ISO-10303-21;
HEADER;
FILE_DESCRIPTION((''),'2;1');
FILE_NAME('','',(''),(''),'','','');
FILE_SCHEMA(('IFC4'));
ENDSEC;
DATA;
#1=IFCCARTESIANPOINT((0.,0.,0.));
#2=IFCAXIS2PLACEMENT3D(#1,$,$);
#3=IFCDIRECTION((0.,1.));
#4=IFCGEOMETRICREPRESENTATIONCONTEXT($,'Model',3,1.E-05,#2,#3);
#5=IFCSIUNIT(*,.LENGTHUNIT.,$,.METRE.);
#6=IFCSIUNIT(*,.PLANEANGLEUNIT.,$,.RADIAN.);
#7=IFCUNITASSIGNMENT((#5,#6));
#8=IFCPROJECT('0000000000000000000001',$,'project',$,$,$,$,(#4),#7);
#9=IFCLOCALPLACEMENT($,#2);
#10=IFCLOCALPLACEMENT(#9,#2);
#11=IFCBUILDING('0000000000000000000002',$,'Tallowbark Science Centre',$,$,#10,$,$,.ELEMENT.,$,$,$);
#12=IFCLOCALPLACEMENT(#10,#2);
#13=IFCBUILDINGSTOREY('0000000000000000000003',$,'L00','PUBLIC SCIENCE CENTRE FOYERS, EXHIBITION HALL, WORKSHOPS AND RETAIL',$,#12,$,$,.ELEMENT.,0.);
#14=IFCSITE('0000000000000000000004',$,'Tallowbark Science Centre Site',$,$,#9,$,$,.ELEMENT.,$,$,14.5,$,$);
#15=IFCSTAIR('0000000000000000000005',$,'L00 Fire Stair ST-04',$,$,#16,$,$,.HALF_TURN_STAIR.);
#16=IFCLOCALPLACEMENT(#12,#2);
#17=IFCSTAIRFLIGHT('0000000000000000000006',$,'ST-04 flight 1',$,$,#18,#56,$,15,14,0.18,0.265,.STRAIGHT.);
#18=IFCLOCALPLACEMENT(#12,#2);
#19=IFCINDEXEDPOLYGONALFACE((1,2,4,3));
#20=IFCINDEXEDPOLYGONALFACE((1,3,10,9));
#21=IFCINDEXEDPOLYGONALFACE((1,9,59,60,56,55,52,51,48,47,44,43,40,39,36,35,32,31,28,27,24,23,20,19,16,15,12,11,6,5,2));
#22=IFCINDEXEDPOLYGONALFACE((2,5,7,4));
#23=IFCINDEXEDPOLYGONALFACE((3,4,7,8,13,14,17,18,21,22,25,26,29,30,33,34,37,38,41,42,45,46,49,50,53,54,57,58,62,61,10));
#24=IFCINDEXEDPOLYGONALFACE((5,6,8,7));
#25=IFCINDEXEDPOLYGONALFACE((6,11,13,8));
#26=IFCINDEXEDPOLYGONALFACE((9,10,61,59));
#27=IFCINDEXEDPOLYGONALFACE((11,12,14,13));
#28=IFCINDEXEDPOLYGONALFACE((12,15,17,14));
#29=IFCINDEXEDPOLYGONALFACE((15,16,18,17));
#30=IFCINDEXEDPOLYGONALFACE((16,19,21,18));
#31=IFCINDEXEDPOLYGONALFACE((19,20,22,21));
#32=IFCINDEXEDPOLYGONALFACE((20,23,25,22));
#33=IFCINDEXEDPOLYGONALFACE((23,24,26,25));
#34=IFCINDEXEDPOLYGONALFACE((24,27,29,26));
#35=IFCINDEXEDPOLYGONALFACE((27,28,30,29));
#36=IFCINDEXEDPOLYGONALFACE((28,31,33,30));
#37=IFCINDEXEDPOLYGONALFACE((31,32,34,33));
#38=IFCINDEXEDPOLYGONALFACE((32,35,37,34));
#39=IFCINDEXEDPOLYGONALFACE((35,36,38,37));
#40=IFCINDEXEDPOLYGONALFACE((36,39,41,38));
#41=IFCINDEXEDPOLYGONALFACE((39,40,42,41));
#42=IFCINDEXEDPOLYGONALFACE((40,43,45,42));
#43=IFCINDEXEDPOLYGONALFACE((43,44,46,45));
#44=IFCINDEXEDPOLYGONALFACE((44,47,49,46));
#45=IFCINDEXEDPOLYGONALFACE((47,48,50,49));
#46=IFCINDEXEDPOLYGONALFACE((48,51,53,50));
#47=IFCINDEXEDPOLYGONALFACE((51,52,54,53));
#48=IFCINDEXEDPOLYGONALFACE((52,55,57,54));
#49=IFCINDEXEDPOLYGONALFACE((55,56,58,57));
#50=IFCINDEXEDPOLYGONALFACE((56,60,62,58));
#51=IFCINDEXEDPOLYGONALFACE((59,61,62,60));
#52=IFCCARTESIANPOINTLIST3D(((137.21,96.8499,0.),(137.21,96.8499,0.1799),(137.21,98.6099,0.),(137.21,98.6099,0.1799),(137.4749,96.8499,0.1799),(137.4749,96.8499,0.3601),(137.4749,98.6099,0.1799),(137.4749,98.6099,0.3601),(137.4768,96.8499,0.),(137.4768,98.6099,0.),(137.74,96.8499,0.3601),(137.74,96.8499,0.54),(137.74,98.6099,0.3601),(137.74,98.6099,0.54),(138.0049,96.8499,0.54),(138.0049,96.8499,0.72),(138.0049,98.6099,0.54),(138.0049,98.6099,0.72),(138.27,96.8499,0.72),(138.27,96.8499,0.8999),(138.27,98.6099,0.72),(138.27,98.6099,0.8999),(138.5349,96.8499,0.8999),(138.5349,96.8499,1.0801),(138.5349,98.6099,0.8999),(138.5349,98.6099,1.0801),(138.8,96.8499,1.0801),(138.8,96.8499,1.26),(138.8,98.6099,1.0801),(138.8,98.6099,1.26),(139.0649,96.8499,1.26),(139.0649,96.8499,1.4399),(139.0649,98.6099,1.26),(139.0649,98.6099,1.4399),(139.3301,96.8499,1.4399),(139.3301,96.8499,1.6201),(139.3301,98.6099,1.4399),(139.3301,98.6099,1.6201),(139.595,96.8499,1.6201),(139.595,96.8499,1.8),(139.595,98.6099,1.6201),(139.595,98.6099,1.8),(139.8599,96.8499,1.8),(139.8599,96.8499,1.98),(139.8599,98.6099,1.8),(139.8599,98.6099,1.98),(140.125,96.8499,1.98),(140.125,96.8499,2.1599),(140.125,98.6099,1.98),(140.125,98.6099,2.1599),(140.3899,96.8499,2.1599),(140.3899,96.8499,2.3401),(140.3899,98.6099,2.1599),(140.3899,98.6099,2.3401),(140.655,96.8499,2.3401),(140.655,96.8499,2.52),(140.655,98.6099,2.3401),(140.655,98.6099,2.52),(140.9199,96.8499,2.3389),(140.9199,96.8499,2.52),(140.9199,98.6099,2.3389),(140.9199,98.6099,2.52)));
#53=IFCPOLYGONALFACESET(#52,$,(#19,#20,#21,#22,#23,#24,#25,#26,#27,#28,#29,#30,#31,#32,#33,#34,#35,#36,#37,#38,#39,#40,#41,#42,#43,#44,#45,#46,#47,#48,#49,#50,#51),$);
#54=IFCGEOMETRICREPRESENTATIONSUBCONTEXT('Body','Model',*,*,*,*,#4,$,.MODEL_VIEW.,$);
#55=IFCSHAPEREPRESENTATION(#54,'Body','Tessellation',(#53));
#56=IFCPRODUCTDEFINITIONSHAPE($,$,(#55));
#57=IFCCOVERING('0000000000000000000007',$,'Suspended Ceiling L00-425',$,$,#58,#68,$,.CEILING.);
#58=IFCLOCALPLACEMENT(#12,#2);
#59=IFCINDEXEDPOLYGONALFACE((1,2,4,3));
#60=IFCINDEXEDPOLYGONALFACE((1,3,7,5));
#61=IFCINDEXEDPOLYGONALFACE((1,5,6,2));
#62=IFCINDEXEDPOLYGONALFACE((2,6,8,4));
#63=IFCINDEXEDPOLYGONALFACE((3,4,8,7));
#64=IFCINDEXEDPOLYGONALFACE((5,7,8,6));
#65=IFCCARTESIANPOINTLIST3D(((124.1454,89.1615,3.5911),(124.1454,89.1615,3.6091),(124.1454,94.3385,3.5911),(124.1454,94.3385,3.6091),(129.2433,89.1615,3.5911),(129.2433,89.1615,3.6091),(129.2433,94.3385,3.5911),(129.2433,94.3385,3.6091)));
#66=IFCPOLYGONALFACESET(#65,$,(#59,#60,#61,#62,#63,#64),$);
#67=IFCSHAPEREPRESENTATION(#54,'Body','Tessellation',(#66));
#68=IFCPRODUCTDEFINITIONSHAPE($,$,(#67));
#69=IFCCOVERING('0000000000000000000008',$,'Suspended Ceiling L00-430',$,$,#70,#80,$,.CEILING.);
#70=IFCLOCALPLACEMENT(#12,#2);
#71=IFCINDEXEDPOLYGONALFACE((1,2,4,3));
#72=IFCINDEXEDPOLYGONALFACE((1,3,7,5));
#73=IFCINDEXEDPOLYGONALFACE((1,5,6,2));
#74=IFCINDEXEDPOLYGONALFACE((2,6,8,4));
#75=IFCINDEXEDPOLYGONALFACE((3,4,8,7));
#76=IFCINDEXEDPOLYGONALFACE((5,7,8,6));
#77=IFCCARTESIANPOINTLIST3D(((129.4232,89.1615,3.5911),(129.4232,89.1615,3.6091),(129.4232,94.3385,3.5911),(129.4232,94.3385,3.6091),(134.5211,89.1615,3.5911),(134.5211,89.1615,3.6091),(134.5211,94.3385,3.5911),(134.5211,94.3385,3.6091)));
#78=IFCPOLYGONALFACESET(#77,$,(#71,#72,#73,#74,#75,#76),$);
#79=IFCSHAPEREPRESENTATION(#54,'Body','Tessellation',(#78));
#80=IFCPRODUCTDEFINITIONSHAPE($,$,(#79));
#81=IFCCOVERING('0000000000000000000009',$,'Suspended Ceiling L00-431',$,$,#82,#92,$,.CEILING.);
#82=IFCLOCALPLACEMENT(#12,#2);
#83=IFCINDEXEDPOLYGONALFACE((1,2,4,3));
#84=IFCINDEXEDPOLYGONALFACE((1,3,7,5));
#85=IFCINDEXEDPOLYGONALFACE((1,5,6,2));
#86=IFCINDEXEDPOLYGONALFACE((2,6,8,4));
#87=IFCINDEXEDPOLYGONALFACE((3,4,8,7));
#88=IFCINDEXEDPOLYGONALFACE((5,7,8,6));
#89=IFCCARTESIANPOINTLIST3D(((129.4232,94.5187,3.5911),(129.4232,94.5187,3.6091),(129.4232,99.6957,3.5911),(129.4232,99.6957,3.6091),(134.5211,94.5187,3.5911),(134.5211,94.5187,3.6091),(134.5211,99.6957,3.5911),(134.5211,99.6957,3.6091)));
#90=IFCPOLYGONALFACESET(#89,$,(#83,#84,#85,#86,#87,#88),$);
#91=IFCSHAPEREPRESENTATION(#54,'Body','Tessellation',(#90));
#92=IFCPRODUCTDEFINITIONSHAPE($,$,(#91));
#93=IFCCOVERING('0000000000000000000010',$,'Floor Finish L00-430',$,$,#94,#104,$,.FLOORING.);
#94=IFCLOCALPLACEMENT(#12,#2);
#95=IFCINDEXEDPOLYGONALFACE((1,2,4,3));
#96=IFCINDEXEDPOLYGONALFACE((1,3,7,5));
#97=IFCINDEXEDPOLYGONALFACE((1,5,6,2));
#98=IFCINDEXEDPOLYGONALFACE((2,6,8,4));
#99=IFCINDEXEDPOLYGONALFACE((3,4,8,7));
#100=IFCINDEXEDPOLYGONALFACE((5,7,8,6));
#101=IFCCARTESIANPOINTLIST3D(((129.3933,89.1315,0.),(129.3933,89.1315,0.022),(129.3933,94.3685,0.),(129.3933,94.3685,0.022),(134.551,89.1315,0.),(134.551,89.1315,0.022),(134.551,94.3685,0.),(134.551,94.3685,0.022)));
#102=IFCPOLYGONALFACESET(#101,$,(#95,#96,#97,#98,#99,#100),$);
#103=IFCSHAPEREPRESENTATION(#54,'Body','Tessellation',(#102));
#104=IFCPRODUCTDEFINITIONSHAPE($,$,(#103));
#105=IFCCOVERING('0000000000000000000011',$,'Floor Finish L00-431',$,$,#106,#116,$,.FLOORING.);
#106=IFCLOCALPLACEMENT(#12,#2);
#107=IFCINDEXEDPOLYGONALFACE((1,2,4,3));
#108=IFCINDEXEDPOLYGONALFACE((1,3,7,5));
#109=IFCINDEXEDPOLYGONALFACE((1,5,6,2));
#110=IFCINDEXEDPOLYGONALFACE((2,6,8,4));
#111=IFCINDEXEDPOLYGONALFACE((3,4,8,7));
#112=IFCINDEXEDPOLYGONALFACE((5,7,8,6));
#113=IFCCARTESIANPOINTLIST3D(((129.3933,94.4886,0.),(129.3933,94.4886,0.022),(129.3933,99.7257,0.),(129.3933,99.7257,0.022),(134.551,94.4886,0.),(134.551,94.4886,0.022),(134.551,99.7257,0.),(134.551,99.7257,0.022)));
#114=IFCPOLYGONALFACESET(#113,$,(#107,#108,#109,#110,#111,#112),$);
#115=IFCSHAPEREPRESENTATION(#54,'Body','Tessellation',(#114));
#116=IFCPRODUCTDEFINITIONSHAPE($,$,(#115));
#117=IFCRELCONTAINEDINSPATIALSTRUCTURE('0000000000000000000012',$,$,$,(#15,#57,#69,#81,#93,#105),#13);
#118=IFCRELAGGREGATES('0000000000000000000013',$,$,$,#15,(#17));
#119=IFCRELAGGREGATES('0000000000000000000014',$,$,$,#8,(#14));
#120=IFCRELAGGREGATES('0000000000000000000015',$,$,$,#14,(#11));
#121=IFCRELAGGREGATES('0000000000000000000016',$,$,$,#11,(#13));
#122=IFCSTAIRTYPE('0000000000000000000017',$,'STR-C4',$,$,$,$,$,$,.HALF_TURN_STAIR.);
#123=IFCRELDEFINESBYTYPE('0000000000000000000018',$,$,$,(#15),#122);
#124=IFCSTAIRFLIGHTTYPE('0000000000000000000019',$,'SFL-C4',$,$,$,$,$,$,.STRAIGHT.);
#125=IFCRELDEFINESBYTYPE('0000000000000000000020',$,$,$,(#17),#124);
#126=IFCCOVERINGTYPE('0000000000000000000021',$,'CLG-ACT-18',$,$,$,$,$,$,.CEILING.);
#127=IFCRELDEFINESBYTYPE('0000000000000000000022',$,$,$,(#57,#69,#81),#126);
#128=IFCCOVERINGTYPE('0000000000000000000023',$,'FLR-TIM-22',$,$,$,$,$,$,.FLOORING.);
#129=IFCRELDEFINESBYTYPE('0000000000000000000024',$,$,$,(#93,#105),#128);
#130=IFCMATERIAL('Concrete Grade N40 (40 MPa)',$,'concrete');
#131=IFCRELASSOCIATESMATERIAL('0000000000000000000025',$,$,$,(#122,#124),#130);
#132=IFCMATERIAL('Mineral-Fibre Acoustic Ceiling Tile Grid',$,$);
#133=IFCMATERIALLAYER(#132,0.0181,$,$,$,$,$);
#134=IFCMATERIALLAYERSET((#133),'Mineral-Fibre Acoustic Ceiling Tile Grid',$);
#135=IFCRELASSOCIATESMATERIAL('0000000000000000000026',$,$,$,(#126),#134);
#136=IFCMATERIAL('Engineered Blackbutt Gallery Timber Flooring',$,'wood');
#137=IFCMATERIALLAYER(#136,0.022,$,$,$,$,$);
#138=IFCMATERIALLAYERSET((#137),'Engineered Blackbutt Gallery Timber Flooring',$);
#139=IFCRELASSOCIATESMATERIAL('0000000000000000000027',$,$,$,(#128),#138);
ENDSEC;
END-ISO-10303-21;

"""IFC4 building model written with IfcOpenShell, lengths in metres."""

from ifc_helpers import new_model, si_unit, direction, frame, origin, origin_2d, place, context, subcontext, project, spatial, polyline, rectangle, outline, extrude, material, layer, layer_set, type_object, element, aggregate, save


model = new_model("IFC4")

# Units and contexts
model_context = context("Model", 3, precision=1e-05, world=origin(), true_north=direction((0.0, 1.0)))
body_context = subcontext(model_context, "Body", "Model", "MODEL_VIEW")
ifc_project = project(units=[si_unit("LENGTHUNIT", "METRE"), si_unit("PLANEANGLEUNIT", "RADIAN")], contexts=[model_context])

# Site, building, storey
site_placement = place(None, origin())
site = spatial("IfcSite", under=ifc_project, at=site_placement, Name="Tallowbark Science Centre Site", CompositionType="ELEMENT", RefElevation=14.5)
building_placement = place(site_placement, origin())
building = spatial("IfcBuilding", under=site, at=building_placement, Name="Tallowbark Science Centre", CompositionType="ELEMENT")
storey_placement = place(building_placement, origin())
storey = spatial("IfcBuildingStorey", under=building, at=storey_placement, Name="L00", Description="PUBLIC SCIENCE CENTRE FOYERS, EXHIBITION HALL, WORKSHOPS AND RETAIL", CompositionType="ELEMENT", Elevation=0.0)

# Shared definitions
ifc_material_1 = material(Name="Concrete Grade N40 (40 MPa)", Category="concrete")

# Stair, stair flight
stair_type = type_object("IfcStairType", Name="STR-C4", PredefinedType="HALF_TURN_STAIR", material=ifc_material_1)
stair_placement = place(storey_placement, origin())
stair = element("IfcStair", 1, at=stair_placement, inside=storey, type_object=stair_type, Name="L00 Fire Stair ST-04", PredefinedType="HALF_TURN_STAIR")
stair_flight_type = type_object("IfcStairFlightType", Name="SFL-C4", PredefinedType="STRAIGHT", material=ifc_material_1)
stair_flight_placement = place(storey_placement, frame((137.21, 97.73, 0.0), z_axis=(0.0, 0.0, 1.0), x_axis=(1.0, 0.0, 0.0)))
stair_flight = element("IfcStairFlight", 2, at=stair_flight_placement, type_object=stair_flight_type, Name="ST-04 flight 1", NumberOfRisers=15, NumberOfTreads=14, PredefinedType="STRAIGHT", RiserHeight=0.18, TreadLength=0.265, context=body_context, shape_type="SweptSolid", body=[
    extrude(outline(polyline([(0.0, 0.0), (0.0, 0.1799), (0.2649, 0.1799), (0.2649, 0.3601), (0.53, 0.3601), (0.53, 0.54), (0.7949, 0.54), (0.7949, 0.72), (1.0601, 0.72), (1.0601, 0.8999), (1.325, 0.8999), (1.325, 1.0801), (1.5901, 1.0801), (1.5901, 1.26), (1.855, 1.26), (1.855, 1.4399), (2.1201, 1.4399), (2.1201, 1.6201), (2.385, 1.6201), (2.385, 1.8), (2.6499, 1.8), (2.6499, 1.98), (2.915, 1.98), (2.915, 2.1599), (3.1799, 2.1599), (3.1799, 2.3401), (3.4451, 2.3401), (3.4451, 2.52), (3.71, 2.52), (3.71, 2.7), (3.71, 2.3389), (0.2668, 0.0), (0.0, 0.0)])), frame((0.0, 0.8799, 0.0), z_axis=(0.0, -1.0, 0.0), x_axis=(1.0, 0.0, 0.0)), (0.0, 0.0, 1.0), 1.76),
])
aggregate(stair, [stair_flight])

# Coverings
ifc_material_2 = material(Name="Mineral-Fibre Acoustic Ceiling Tile Grid")
ifc_layer_1 = layer(ifc_material_2, 0.0181)
ifc_layer_set_1 = layer_set([ifc_layer_1], Name="Mineral-Fibre Acoustic Ceiling Tile Grid")
covering_type_1 = type_object("IfcCoveringType", Name="CLG-ACT-18", PredefinedType="CEILING", material=ifc_layer_set_1)
for number, where, z_axis, x_axis, name in (
    (3, (126.6943, 91.75, 3.5911), (0.0, 0.0, 1.0), (1.0, 0.0, 0.0), "Suspended Ceiling L00-425"),
    (4, (131.9722, 91.75, 3.5911), (0.0, 0.0, 1.0), (1.0, 0.0, 0.0), "Suspended Ceiling L00-430"),
    (5, (131.9722, 97.1072, 3.5911), (0.0, 0.0, 1.0), (1.0, 0.0, 0.0), "Suspended Ceiling L00-431"),
):
    element("IfcCovering", number, at=place(storey_placement, frame(where, z_axis=z_axis, x_axis=x_axis)), inside=storey, type_object=covering_type_1, Name=name, PredefinedType="CEILING", context=body_context, shape_type="SweptSolid", body=[
        extrude(rectangle(XDim=5.0979, YDim=5.177, at=origin_2d()), origin(), (0.0, 0.0, 1.0), 0.0181),
    ])
ifc_material_3 = material(Name="Engineered Blackbutt Gallery Timber Flooring", Category="wood")
ifc_layer_2 = layer(ifc_material_3, 0.022)
ifc_layer_set_2 = layer_set([ifc_layer_2], Name="Engineered Blackbutt Gallery Timber Flooring")
covering_type_2 = type_object("IfcCoveringType", Name="FLR-TIM-22", PredefinedType="FLOORING", material=ifc_layer_set_2)
for number, where, z_axis, x_axis, name in (
    (6, (131.9722, 91.75, 0.0), (0.0, 0.0, 1.0), (1.0, 0.0, 0.0), "Floor Finish L00-430"),
    (7, (131.9722, 97.1072, 0.0), (0.0, 0.0, 1.0), (1.0, 0.0, 0.0), "Floor Finish L00-431"),
):
    element("IfcCovering", number, at=place(storey_placement, frame(where, z_axis=z_axis, x_axis=x_axis)), inside=storey, type_object=covering_type_2, Name=name, PredefinedType="FLOORING", context=body_context, shape_type="SweptSolid", body=[
        extrude(rectangle(XDim=5.1577, YDim=5.2371, at=origin_2d()), origin(), (0.0, 0.0, 1.0), 0.022),
    ])

save(model, "model.ifc")
